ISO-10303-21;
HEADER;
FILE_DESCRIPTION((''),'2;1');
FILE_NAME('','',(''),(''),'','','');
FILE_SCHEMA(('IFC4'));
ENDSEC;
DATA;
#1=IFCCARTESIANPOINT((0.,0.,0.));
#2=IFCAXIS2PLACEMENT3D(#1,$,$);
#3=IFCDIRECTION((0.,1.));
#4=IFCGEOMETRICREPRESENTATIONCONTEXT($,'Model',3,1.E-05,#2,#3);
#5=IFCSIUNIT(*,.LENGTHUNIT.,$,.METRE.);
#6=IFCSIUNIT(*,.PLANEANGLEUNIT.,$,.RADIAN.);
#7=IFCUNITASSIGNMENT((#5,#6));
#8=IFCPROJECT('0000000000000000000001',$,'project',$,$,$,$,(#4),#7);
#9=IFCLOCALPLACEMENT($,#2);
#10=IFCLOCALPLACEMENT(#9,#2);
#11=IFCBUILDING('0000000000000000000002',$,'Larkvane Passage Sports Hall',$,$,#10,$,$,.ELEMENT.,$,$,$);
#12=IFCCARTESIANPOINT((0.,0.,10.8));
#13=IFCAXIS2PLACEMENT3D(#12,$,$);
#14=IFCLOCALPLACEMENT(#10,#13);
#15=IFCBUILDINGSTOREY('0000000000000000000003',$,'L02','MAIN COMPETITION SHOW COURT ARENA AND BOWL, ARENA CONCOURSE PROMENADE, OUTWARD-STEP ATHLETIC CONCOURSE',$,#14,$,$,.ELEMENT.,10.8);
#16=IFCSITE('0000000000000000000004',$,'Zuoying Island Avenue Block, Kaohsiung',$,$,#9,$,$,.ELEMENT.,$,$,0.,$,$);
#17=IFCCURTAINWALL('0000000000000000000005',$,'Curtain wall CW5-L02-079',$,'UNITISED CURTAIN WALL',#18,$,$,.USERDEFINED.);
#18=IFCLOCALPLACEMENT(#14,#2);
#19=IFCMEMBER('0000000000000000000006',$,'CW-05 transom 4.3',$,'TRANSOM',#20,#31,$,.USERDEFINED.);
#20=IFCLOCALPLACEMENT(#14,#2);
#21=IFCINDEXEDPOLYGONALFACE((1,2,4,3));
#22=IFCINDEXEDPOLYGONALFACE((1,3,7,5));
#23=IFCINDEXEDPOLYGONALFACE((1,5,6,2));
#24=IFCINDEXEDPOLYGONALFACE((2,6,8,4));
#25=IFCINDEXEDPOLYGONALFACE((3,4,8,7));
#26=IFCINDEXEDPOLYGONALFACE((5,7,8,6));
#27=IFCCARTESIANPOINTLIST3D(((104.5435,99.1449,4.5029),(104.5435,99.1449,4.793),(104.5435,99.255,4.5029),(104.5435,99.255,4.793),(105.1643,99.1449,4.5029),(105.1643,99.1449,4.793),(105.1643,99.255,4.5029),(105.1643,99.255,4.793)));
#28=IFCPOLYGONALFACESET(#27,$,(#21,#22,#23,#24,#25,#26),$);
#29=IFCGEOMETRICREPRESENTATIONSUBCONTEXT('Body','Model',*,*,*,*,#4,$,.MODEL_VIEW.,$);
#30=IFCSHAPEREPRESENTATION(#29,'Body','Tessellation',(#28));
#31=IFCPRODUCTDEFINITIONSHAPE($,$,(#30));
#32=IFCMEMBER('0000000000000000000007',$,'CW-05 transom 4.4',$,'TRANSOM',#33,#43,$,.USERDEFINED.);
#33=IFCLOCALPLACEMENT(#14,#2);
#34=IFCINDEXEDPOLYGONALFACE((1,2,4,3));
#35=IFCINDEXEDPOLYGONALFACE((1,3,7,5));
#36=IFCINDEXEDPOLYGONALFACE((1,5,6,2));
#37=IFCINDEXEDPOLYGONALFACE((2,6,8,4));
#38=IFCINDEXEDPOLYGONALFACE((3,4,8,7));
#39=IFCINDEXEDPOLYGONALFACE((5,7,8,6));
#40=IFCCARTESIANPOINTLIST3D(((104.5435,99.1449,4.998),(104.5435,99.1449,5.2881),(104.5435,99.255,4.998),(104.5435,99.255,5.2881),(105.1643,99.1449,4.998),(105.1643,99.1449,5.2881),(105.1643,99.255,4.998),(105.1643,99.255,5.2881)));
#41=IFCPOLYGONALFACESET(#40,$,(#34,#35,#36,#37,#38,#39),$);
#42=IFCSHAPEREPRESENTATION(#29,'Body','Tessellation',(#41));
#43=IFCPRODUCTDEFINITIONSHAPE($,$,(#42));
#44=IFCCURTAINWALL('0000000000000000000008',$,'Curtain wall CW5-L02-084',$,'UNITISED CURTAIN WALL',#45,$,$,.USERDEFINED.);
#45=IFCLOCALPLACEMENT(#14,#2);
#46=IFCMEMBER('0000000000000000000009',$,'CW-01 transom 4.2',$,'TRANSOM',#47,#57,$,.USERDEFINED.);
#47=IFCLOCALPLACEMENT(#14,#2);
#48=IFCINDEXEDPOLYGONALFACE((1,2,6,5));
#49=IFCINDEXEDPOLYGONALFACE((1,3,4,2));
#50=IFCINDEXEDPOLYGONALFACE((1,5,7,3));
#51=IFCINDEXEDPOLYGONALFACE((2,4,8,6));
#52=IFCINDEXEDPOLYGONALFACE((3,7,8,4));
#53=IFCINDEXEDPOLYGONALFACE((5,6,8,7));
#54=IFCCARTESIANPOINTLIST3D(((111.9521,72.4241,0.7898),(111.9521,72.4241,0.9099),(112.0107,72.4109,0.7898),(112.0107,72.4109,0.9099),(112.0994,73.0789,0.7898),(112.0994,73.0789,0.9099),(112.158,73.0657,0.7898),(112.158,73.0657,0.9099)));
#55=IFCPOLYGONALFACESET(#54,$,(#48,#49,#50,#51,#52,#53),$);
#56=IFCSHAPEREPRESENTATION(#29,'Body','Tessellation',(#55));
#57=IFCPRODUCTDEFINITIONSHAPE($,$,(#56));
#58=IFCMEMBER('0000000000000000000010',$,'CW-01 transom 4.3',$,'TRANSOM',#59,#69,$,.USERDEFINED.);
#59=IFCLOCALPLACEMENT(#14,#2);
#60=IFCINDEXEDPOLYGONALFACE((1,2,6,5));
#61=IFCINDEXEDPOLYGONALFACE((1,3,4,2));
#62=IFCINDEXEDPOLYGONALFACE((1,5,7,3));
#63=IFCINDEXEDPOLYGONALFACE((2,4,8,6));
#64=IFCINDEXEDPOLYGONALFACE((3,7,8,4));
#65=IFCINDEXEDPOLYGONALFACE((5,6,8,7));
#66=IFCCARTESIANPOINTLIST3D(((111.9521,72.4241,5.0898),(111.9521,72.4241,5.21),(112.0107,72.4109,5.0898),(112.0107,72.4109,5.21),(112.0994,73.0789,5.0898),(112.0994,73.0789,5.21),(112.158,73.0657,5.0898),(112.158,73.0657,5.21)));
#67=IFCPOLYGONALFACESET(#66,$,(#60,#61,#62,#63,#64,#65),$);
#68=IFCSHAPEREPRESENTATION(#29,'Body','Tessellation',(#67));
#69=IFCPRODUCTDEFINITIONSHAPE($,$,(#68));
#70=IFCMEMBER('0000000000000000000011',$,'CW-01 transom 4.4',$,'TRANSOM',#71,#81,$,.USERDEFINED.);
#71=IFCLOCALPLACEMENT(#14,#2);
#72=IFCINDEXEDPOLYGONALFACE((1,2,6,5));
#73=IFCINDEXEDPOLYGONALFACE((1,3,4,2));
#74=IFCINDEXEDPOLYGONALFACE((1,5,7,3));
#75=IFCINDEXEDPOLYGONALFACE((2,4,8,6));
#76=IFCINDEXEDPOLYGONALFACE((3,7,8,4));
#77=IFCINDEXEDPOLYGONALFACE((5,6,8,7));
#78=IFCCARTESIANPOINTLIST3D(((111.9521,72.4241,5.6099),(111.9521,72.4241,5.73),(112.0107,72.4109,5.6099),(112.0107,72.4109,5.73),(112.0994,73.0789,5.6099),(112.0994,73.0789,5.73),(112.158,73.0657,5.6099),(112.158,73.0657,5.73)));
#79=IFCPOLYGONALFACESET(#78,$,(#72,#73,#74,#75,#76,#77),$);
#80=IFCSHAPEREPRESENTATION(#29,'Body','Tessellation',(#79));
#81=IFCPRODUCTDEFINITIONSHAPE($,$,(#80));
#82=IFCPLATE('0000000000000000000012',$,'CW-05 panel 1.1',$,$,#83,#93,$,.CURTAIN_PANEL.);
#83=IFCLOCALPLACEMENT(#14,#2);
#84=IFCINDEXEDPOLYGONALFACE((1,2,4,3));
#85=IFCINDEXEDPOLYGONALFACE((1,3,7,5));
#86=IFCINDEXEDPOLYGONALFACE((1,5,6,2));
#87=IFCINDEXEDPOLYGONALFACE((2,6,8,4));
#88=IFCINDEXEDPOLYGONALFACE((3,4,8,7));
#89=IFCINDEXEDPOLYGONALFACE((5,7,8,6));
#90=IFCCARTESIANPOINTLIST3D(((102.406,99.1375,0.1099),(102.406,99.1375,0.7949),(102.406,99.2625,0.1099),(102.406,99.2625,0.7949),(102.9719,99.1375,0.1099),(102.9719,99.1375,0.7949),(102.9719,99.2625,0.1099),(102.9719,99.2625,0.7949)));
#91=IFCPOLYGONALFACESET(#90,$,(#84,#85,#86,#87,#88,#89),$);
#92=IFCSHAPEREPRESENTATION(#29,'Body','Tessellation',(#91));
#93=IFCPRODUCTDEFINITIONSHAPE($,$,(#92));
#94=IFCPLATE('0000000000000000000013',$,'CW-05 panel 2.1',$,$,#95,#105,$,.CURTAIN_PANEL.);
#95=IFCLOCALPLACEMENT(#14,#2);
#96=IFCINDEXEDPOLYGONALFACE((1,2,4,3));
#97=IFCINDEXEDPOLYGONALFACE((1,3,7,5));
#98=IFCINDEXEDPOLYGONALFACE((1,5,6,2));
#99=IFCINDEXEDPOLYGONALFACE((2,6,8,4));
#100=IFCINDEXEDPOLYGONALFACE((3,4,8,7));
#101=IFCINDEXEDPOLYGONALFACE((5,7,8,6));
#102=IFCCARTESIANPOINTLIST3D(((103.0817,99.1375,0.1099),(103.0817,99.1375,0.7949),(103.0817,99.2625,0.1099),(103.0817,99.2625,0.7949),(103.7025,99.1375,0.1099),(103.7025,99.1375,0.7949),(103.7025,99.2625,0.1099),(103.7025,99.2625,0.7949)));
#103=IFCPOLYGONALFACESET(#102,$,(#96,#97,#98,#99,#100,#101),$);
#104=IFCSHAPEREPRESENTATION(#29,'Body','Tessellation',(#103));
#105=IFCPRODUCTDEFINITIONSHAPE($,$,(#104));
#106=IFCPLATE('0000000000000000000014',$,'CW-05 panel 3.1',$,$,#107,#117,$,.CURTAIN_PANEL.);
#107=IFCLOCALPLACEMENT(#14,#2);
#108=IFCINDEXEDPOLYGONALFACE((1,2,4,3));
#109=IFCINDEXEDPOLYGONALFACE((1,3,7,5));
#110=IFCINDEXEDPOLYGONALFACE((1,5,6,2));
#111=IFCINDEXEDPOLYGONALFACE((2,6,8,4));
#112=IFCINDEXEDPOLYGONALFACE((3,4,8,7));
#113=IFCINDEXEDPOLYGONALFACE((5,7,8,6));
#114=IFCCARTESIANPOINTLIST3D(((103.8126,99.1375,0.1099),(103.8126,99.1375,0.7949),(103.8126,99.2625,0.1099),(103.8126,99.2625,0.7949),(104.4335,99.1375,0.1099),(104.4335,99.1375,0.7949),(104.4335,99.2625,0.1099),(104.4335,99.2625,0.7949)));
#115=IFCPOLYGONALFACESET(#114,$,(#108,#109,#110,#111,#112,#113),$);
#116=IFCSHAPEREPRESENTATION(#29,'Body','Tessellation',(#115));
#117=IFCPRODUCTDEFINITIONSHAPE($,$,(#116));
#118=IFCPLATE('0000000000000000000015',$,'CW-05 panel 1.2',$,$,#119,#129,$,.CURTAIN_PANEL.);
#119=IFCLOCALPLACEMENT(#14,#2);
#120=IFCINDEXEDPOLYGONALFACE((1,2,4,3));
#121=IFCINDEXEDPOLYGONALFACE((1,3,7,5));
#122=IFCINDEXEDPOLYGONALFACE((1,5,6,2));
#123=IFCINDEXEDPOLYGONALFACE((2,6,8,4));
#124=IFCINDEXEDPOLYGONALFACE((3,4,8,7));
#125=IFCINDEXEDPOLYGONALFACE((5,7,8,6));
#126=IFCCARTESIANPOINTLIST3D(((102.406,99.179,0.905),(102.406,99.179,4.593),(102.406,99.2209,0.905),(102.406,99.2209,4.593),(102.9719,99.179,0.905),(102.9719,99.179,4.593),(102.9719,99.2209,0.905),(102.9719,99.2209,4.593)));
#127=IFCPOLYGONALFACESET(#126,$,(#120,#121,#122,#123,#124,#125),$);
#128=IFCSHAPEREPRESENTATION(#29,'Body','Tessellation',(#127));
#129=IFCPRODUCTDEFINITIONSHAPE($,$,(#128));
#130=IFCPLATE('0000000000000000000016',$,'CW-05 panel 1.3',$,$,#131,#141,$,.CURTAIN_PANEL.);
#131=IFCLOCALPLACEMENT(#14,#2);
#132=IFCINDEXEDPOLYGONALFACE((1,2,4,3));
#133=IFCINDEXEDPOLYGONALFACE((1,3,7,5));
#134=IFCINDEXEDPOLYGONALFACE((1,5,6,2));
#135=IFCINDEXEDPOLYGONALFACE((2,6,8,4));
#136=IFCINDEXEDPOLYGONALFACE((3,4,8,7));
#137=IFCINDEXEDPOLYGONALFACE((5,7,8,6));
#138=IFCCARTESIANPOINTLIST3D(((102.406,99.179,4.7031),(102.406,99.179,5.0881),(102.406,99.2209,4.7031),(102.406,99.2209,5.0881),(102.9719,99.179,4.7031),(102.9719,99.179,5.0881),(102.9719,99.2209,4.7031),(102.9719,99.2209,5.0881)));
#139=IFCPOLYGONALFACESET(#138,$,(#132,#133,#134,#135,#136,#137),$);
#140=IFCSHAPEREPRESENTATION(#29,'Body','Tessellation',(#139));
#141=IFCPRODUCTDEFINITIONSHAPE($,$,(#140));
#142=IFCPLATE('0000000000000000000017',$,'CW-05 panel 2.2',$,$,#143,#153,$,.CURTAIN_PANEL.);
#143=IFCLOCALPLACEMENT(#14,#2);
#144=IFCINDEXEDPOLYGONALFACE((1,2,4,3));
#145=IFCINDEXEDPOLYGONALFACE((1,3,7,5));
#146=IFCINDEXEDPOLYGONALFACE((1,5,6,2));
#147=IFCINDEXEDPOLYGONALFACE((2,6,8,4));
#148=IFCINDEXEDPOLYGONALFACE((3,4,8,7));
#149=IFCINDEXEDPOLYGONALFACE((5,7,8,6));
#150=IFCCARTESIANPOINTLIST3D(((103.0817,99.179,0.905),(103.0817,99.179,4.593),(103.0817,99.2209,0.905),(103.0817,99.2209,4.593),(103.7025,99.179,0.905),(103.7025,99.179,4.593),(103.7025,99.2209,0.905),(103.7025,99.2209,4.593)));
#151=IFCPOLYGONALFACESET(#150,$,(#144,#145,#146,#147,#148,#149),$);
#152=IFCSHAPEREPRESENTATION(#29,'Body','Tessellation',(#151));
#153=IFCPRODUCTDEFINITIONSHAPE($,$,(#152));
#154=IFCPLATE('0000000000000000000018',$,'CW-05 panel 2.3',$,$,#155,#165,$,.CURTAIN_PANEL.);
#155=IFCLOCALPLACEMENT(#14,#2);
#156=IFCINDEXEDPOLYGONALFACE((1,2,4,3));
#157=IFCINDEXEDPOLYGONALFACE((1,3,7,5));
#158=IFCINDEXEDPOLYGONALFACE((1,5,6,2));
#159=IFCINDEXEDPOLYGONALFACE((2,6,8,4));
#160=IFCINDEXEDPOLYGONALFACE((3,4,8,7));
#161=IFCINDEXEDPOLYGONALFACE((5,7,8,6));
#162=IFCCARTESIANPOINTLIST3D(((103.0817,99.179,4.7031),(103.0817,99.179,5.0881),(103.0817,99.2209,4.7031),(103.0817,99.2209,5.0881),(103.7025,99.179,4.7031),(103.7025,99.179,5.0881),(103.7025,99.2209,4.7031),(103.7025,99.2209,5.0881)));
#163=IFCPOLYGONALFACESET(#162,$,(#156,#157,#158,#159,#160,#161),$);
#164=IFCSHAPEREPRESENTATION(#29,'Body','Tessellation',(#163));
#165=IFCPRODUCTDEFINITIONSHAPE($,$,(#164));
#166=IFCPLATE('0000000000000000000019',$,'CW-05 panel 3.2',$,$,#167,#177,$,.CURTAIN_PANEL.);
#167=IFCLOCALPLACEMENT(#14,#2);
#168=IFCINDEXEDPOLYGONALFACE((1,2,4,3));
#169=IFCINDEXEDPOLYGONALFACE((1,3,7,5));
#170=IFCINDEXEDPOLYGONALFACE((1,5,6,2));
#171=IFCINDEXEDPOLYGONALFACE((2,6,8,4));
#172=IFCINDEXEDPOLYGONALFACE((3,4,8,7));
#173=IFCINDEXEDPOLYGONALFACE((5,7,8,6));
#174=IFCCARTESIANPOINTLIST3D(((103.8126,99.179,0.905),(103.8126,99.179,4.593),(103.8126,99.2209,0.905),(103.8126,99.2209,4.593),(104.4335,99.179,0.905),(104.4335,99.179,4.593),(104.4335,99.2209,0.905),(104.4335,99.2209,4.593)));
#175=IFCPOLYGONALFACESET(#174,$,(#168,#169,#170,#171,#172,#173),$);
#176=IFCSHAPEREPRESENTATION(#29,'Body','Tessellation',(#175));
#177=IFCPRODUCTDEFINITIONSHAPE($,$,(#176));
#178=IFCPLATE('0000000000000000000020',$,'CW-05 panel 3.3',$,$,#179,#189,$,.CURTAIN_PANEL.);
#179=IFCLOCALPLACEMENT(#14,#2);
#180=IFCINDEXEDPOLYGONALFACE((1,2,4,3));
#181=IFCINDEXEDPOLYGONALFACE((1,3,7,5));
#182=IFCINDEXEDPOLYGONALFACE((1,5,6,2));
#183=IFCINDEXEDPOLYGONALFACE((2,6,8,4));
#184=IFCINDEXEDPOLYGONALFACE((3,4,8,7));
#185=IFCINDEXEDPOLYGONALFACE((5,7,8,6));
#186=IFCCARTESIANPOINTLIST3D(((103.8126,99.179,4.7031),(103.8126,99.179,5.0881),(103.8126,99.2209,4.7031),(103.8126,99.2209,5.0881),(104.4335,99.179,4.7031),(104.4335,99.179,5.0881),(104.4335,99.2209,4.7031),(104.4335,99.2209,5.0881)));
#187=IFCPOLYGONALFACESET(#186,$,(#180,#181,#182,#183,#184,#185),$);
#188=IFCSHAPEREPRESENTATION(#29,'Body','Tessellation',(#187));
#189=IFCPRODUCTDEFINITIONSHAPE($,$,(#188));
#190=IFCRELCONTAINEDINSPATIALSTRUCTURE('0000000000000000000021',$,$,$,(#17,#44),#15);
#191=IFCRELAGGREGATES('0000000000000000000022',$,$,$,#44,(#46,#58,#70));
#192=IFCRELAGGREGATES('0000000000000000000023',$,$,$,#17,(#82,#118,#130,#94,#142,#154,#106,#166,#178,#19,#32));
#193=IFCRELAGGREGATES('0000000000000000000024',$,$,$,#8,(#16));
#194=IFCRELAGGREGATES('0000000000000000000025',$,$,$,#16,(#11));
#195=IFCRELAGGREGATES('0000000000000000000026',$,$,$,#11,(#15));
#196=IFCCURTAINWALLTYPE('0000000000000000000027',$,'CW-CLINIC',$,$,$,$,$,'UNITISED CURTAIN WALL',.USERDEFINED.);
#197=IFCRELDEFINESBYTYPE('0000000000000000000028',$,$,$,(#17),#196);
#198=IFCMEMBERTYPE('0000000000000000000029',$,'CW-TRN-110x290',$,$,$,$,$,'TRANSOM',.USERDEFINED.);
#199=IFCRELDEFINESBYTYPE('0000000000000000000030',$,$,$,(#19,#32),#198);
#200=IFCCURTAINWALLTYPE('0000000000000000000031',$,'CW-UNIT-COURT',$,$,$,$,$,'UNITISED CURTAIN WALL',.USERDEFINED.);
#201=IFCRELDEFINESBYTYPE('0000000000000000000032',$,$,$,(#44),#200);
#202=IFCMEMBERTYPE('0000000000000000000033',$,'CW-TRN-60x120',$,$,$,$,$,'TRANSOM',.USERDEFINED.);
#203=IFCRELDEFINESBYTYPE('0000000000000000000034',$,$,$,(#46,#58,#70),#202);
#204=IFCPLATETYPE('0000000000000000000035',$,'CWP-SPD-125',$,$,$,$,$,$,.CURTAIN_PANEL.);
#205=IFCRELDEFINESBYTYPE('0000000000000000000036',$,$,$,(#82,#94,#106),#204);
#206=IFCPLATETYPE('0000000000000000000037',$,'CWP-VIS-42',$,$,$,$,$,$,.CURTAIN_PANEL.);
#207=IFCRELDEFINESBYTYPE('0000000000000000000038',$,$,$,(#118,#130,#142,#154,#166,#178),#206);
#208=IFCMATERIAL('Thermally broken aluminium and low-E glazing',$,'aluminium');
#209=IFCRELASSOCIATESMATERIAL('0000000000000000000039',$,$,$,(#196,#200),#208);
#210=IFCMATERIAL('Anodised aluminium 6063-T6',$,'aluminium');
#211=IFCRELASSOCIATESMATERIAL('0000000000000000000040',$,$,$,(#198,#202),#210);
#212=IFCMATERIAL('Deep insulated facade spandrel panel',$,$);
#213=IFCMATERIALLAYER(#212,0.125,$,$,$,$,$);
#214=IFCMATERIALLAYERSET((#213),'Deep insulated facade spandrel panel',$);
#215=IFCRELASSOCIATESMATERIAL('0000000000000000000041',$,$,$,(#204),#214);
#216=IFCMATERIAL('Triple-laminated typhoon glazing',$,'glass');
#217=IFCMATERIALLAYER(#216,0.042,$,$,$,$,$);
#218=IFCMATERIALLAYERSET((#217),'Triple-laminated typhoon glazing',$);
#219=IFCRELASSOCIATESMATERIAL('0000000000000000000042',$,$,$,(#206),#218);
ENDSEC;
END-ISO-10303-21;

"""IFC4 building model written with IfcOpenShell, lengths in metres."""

from ifc_helpers import new_model, si_unit, direction, frame, origin, origin_2d, place, context, subcontext, project, spatial, rectangle, extrude, material, layer, layer_set, material_profile, profile_set, type_object, element, aggregate, save


model = new_model("IFC4")

# Units and contexts
model_context = context("Model", 3, precision=1e-05, world=origin(), true_north=direction((0.0, 1.0)))
body_context = subcontext(model_context, "Body", "Model", "MODEL_VIEW")
ifc_project = project(units=[si_unit("LENGTHUNIT", "METRE"), si_unit("PLANEANGLEUNIT", "RADIAN")], contexts=[model_context])

# Site, building, storey
site_placement = place(None, origin())
site = spatial("IfcSite", under=ifc_project, at=site_placement, Name="Zuoying Island Avenue Block, Kaohsiung", CompositionType="ELEMENT", RefElevation=0.0)
building_placement = place(site_placement, origin())
building = spatial("IfcBuilding", under=site, at=building_placement, Name="Larkvane Passage Sports Hall", CompositionType="ELEMENT")
storey_placement = place(building_placement, frame((0.0, 0.0, 10.8)))
storey = spatial("IfcBuildingStorey", under=building, at=storey_placement, Name="L02", Description="MAIN COMPETITION SHOW COURT ARENA AND BOWL, ARENA CONCOURSE PROMENADE, OUTWARD-STEP ATHLETIC CONCOURSE", CompositionType="ELEMENT", Elevation=10.8)

# Curtain walls, members
ifc_material_1 = material(Name="Thermally broken aluminium and low-E glazing", Category="aluminium")
curtain_wall_type_1 = type_object("IfcCurtainWallType", Name="CW-CLINIC", ElementType="UNITISED CURTAIN WALL", PredefinedType="USERDEFINED", material=ifc_material_1)
curtain_wall_1_placement = place(storey_placement, origin())
curtain_wall_1 = element("IfcCurtainWall", 1, at=curtain_wall_1_placement, inside=storey, type_object=curtain_wall_type_1, Name="Curtain wall CW5-L02-079", ObjectType="UNITISED CURTAIN WALL", PredefinedType="USERDEFINED")
ifc_material_2 = material(Name="Anodised aluminium 6063-T6", Category="aluminium")
ifc_material_profile_1 = material_profile(ifc_material_2, rectangle(XDim=0.1101, YDim=0.29, at=origin_2d()), Name="ALU-TRN-110x290")
ifc_profile_set_1 = profile_set([ifc_material_profile_1], Name="Anodised aluminium 6063-T6")
member_type_1 = type_object("IfcMemberType", Name="CW-TRN-110x290", ElementType="TRANSOM", PredefinedType="USERDEFINED", material=ifc_profile_set_1)
member_1_placement = place(storey_placement, frame((104.5435, 99.2, 4.6479), z_axis=(1.0, 0.0, 0.0), x_axis=(0.0, 1.0, 0.0)))
member_1 = element("IfcMember", 2, at=member_1_placement, type_object=member_type_1, Name="CW-05 transom 4.3", ObjectType="TRANSOM", PredefinedType="USERDEFINED", context=body_context, shape_type="SweptSolid", body=[
    extrude(rectangle(XDim=0.1101, YDim=0.29, at=origin_2d()), origin(), (0.0, 0.0, 1.0), 0.6208),
])
member_2_placement = place(storey_placement, frame((104.5435, 99.2, 5.1431), z_axis=(1.0, 0.0, 0.0), x_axis=(0.0, 1.0, 0.0)))
member_2 = element("IfcMember", 3, at=member_2_placement, type_object=member_type_1, Name="CW-05 transom 4.4", ObjectType="TRANSOM", PredefinedType="USERDEFINED", context=body_context, shape_type="SweptSolid", body=[
    extrude(rectangle(XDim=0.1101, YDim=0.29, at=origin_2d()), origin(), (0.0, 0.0, 1.0), 0.6208),
])
curtain_wall_type_2 = type_object("IfcCurtainWallType", Name="CW-UNIT-COURT", ElementType="UNITISED CURTAIN WALL", PredefinedType="USERDEFINED", material=ifc_material_1)
curtain_wall_2_placement = place(storey_placement, origin())
curtain_wall_2 = element("IfcCurtainWall", 4, at=curtain_wall_2_placement, inside=storey, type_object=curtain_wall_type_2, Name="Curtain wall CW5-L02-084", ObjectType="UNITISED CURTAIN WALL", PredefinedType="USERDEFINED")
ifc_material_profile_2 = material_profile(ifc_material_2, rectangle(XDim=0.0601, YDim=0.1201, at=origin_2d()), Name="ALU-TRN-60x120")
ifc_profile_set_2 = profile_set([ifc_material_profile_2], Name="Anodised aluminium 6063-T6")
member_type_2 = type_object("IfcMemberType", Name="CW-TRN-60x120", ElementType="TRANSOM", PredefinedType="USERDEFINED", material=ifc_profile_set_2)
member_3_placement = place(storey_placement, frame((112.1287, 73.0723, 0.8499), z_axis=(-0.219356, -0.975645, 0.0), x_axis=(0.975645, -0.219356, 0.0)))
member_3 = element("IfcMember", 5, at=member_3_placement, type_object=member_type_2, Name="CW-01 transom 4.2", ObjectType="TRANSOM", PredefinedType="USERDEFINED", context=body_context, shape_type="SweptSolid", body=[
    extrude(rectangle(XDim=0.0601, YDim=0.1201, at=origin_2d()), origin(), (0.0, 0.0, 1.0), 0.6711),
])
member_4_placement = place(storey_placement, frame((112.1287, 73.0723, 5.1499), z_axis=(-0.219356, -0.975645, 0.0), x_axis=(0.975645, -0.219356, 0.0)))
member_4 = element("IfcMember", 6, at=member_4_placement, type_object=member_type_2, Name="CW-01 transom 4.3", ObjectType="TRANSOM", PredefinedType="USERDEFINED", context=body_context, shape_type="SweptSolid", body=[
    extrude(rectangle(XDim=0.0601, YDim=0.1201, at=origin_2d()), origin(), (0.0, 0.0, 1.0), 0.6711),
])
member_5_placement = place(storey_placement, frame((112.1287, 73.0723, 5.6699), z_axis=(-0.219356, -0.975645, 0.0), x_axis=(0.975645, -0.219356, 0.0)))
member_5 = element("IfcMember", 7, at=member_5_placement, type_object=member_type_2, Name="CW-01 transom 4.4", ObjectType="TRANSOM", PredefinedType="USERDEFINED", context=body_context, shape_type="SweptSolid", body=[
    extrude(rectangle(XDim=0.0601, YDim=0.1201, at=origin_2d()), origin(), (0.0, 0.0, 1.0), 0.6711),
])
aggregate(curtain_wall_2, [member_3, member_4, member_5])

# Plates
ifc_material_3 = material(Name="Deep insulated facade spandrel panel")
ifc_layer_1 = layer(ifc_material_3, 0.125)
ifc_layer_set_1 = layer_set([ifc_layer_1], Name="Deep insulated facade spandrel panel")
plate_type_1 = type_object("IfcPlateType", Name="CWP-SPD-125", PredefinedType="CURTAIN_PANEL", material=ifc_layer_set_1)
plate_1_placement = place(storey_placement, frame((102.689, 99.2, 0.1099), z_axis=(0.0, 0.0, 1.0), x_axis=(1.0, 0.0, 0.0)))
plate_1 = element("IfcPlate", 8, at=plate_1_placement, type_object=plate_type_1, Name="CW-05 panel 1.1", PredefinedType="CURTAIN_PANEL", context=body_context, shape_type="SweptSolid", body=[
    extrude(rectangle(XDim=0.5659, YDim=0.125, at=origin_2d()), origin(), (0.0, 0.0, 1.0), 0.6851),
])
plate_2_placement = place(storey_placement, frame((103.3921, 99.2, 0.1099), z_axis=(0.0, 0.0, 1.0), x_axis=(1.0, 0.0, 0.0)))
plate_2 = element("IfcPlate", 9, at=plate_2_placement, type_object=plate_type_1, Name="CW-05 panel 2.1", PredefinedType="CURTAIN_PANEL", context=body_context, shape_type="SweptSolid", body=[
    extrude(rectangle(XDim=0.6208, YDim=0.125, at=origin_2d()), origin(), (0.0, 0.0, 1.0), 0.6851),
])
plate_3_placement = place(storey_placement, frame((104.123, 99.2, 0.1099), z_axis=(0.0, 0.0, 1.0), x_axis=(1.0, 0.0, 0.0)))
plate_3 = element("IfcPlate", 10, at=plate_3_placement, type_object=plate_type_1, Name="CW-05 panel 3.1", PredefinedType="CURTAIN_PANEL", context=body_context, shape_type="SweptSolid", body=[
    extrude(rectangle(XDim=0.6208, YDim=0.125, at=origin_2d()), origin(), (0.0, 0.0, 1.0), 0.6851),
])
ifc_material_4 = material(Name="Triple-laminated typhoon glazing", Category="glass")
ifc_layer_2 = layer(ifc_material_4, 0.042)
ifc_layer_set_2 = layer_set([ifc_layer_2], Name="Triple-laminated typhoon glazing")
plate_type_2 = type_object("IfcPlateType", Name="CWP-VIS-42", PredefinedType="CURTAIN_PANEL", material=ifc_layer_set_2)
plate_4_placement = place(storey_placement, frame((102.689, 99.2, 0.905), z_axis=(0.0, 0.0, 1.0), x_axis=(1.0, 0.0, 0.0)))
plate_4 = element("IfcPlate", 11, at=plate_4_placement, type_object=plate_type_2, Name="CW-05 panel 1.2", PredefinedType="CURTAIN_PANEL", context=body_context, shape_type="SweptSolid", body=[
    extrude(rectangle(XDim=0.5659, YDim=0.042, at=origin_2d()), origin(), (0.0, 0.0, 1.0), 3.688),
])
plate_5_placement = place(storey_placement, frame((102.689, 99.2, 4.7031), z_axis=(0.0, 0.0, 1.0), x_axis=(1.0, 0.0, 0.0)))
plate_5 = element("IfcPlate", 12, at=plate_5_placement, type_object=plate_type_2, Name="CW-05 panel 1.3", PredefinedType="CURTAIN_PANEL", context=body_context, shape_type="SweptSolid", body=[
    extrude(rectangle(XDim=0.5659, YDim=0.042, at=origin_2d()), origin(), (0.0, 0.0, 1.0), 0.385),
])
plate_6_placement = place(storey_placement, frame((103.3921, 99.2, 0.905), z_axis=(0.0, 0.0, 1.0), x_axis=(1.0, 0.0, 0.0)))
plate_6 = element("IfcPlate", 13, at=plate_6_placement, type_object=plate_type_2, Name="CW-05 panel 2.2", PredefinedType="CURTAIN_PANEL", context=body_context, shape_type="SweptSolid", body=[
    extrude(rectangle(XDim=0.6208, YDim=0.042, at=origin_2d()), origin(), (0.0, 0.0, 1.0), 3.688),
])
plate_7_placement = place(storey_placement, frame((103.3921, 99.2, 4.7031), z_axis=(0.0, 0.0, 1.0), x_axis=(1.0, 0.0, 0.0)))
plate_7 = element("IfcPlate", 14, at=plate_7_placement, type_object=plate_type_2, Name="CW-05 panel 2.3", PredefinedType="CURTAIN_PANEL", context=body_context, shape_type="SweptSolid", body=[
    extrude(rectangle(XDim=0.6208, YDim=0.042, at=origin_2d()), origin(), (0.0, 0.0, 1.0), 0.385),
])
plate_8_placement = place(storey_placement, frame((104.123, 99.2, 0.905), z_axis=(0.0, 0.0, 1.0), x_axis=(1.0, 0.0, 0.0)))
plate_8 = element("IfcPlate", 15, at=plate_8_placement, type_object=plate_type_2, Name="CW-05 panel 3.2", PredefinedType="CURTAIN_PANEL", context=body_context, shape_type="SweptSolid", body=[
    extrude(rectangle(XDim=0.6208, YDim=0.042, at=origin_2d()), origin(), (0.0, 0.0, 1.0), 3.688),
])
plate_9_placement = place(storey_placement, frame((104.123, 99.2, 4.7031), z_axis=(0.0, 0.0, 1.0), x_axis=(1.0, 0.0, 0.0)))
plate_9 = element("IfcPlate", 16, at=plate_9_placement, type_object=plate_type_2, Name="CW-05 panel 3.3", PredefinedType="CURTAIN_PANEL", context=body_context, shape_type="SweptSolid", body=[
    extrude(rectangle(XDim=0.6208, YDim=0.042, at=origin_2d()), origin(), (0.0, 0.0, 1.0), 0.385),
])
aggregate(curtain_wall_1, [plate_1, plate_4, plate_5, plate_2, plate_6, plate_7, plate_3, plate_8, plate_9, member_1, member_2])

save(model, "model.ifc")
